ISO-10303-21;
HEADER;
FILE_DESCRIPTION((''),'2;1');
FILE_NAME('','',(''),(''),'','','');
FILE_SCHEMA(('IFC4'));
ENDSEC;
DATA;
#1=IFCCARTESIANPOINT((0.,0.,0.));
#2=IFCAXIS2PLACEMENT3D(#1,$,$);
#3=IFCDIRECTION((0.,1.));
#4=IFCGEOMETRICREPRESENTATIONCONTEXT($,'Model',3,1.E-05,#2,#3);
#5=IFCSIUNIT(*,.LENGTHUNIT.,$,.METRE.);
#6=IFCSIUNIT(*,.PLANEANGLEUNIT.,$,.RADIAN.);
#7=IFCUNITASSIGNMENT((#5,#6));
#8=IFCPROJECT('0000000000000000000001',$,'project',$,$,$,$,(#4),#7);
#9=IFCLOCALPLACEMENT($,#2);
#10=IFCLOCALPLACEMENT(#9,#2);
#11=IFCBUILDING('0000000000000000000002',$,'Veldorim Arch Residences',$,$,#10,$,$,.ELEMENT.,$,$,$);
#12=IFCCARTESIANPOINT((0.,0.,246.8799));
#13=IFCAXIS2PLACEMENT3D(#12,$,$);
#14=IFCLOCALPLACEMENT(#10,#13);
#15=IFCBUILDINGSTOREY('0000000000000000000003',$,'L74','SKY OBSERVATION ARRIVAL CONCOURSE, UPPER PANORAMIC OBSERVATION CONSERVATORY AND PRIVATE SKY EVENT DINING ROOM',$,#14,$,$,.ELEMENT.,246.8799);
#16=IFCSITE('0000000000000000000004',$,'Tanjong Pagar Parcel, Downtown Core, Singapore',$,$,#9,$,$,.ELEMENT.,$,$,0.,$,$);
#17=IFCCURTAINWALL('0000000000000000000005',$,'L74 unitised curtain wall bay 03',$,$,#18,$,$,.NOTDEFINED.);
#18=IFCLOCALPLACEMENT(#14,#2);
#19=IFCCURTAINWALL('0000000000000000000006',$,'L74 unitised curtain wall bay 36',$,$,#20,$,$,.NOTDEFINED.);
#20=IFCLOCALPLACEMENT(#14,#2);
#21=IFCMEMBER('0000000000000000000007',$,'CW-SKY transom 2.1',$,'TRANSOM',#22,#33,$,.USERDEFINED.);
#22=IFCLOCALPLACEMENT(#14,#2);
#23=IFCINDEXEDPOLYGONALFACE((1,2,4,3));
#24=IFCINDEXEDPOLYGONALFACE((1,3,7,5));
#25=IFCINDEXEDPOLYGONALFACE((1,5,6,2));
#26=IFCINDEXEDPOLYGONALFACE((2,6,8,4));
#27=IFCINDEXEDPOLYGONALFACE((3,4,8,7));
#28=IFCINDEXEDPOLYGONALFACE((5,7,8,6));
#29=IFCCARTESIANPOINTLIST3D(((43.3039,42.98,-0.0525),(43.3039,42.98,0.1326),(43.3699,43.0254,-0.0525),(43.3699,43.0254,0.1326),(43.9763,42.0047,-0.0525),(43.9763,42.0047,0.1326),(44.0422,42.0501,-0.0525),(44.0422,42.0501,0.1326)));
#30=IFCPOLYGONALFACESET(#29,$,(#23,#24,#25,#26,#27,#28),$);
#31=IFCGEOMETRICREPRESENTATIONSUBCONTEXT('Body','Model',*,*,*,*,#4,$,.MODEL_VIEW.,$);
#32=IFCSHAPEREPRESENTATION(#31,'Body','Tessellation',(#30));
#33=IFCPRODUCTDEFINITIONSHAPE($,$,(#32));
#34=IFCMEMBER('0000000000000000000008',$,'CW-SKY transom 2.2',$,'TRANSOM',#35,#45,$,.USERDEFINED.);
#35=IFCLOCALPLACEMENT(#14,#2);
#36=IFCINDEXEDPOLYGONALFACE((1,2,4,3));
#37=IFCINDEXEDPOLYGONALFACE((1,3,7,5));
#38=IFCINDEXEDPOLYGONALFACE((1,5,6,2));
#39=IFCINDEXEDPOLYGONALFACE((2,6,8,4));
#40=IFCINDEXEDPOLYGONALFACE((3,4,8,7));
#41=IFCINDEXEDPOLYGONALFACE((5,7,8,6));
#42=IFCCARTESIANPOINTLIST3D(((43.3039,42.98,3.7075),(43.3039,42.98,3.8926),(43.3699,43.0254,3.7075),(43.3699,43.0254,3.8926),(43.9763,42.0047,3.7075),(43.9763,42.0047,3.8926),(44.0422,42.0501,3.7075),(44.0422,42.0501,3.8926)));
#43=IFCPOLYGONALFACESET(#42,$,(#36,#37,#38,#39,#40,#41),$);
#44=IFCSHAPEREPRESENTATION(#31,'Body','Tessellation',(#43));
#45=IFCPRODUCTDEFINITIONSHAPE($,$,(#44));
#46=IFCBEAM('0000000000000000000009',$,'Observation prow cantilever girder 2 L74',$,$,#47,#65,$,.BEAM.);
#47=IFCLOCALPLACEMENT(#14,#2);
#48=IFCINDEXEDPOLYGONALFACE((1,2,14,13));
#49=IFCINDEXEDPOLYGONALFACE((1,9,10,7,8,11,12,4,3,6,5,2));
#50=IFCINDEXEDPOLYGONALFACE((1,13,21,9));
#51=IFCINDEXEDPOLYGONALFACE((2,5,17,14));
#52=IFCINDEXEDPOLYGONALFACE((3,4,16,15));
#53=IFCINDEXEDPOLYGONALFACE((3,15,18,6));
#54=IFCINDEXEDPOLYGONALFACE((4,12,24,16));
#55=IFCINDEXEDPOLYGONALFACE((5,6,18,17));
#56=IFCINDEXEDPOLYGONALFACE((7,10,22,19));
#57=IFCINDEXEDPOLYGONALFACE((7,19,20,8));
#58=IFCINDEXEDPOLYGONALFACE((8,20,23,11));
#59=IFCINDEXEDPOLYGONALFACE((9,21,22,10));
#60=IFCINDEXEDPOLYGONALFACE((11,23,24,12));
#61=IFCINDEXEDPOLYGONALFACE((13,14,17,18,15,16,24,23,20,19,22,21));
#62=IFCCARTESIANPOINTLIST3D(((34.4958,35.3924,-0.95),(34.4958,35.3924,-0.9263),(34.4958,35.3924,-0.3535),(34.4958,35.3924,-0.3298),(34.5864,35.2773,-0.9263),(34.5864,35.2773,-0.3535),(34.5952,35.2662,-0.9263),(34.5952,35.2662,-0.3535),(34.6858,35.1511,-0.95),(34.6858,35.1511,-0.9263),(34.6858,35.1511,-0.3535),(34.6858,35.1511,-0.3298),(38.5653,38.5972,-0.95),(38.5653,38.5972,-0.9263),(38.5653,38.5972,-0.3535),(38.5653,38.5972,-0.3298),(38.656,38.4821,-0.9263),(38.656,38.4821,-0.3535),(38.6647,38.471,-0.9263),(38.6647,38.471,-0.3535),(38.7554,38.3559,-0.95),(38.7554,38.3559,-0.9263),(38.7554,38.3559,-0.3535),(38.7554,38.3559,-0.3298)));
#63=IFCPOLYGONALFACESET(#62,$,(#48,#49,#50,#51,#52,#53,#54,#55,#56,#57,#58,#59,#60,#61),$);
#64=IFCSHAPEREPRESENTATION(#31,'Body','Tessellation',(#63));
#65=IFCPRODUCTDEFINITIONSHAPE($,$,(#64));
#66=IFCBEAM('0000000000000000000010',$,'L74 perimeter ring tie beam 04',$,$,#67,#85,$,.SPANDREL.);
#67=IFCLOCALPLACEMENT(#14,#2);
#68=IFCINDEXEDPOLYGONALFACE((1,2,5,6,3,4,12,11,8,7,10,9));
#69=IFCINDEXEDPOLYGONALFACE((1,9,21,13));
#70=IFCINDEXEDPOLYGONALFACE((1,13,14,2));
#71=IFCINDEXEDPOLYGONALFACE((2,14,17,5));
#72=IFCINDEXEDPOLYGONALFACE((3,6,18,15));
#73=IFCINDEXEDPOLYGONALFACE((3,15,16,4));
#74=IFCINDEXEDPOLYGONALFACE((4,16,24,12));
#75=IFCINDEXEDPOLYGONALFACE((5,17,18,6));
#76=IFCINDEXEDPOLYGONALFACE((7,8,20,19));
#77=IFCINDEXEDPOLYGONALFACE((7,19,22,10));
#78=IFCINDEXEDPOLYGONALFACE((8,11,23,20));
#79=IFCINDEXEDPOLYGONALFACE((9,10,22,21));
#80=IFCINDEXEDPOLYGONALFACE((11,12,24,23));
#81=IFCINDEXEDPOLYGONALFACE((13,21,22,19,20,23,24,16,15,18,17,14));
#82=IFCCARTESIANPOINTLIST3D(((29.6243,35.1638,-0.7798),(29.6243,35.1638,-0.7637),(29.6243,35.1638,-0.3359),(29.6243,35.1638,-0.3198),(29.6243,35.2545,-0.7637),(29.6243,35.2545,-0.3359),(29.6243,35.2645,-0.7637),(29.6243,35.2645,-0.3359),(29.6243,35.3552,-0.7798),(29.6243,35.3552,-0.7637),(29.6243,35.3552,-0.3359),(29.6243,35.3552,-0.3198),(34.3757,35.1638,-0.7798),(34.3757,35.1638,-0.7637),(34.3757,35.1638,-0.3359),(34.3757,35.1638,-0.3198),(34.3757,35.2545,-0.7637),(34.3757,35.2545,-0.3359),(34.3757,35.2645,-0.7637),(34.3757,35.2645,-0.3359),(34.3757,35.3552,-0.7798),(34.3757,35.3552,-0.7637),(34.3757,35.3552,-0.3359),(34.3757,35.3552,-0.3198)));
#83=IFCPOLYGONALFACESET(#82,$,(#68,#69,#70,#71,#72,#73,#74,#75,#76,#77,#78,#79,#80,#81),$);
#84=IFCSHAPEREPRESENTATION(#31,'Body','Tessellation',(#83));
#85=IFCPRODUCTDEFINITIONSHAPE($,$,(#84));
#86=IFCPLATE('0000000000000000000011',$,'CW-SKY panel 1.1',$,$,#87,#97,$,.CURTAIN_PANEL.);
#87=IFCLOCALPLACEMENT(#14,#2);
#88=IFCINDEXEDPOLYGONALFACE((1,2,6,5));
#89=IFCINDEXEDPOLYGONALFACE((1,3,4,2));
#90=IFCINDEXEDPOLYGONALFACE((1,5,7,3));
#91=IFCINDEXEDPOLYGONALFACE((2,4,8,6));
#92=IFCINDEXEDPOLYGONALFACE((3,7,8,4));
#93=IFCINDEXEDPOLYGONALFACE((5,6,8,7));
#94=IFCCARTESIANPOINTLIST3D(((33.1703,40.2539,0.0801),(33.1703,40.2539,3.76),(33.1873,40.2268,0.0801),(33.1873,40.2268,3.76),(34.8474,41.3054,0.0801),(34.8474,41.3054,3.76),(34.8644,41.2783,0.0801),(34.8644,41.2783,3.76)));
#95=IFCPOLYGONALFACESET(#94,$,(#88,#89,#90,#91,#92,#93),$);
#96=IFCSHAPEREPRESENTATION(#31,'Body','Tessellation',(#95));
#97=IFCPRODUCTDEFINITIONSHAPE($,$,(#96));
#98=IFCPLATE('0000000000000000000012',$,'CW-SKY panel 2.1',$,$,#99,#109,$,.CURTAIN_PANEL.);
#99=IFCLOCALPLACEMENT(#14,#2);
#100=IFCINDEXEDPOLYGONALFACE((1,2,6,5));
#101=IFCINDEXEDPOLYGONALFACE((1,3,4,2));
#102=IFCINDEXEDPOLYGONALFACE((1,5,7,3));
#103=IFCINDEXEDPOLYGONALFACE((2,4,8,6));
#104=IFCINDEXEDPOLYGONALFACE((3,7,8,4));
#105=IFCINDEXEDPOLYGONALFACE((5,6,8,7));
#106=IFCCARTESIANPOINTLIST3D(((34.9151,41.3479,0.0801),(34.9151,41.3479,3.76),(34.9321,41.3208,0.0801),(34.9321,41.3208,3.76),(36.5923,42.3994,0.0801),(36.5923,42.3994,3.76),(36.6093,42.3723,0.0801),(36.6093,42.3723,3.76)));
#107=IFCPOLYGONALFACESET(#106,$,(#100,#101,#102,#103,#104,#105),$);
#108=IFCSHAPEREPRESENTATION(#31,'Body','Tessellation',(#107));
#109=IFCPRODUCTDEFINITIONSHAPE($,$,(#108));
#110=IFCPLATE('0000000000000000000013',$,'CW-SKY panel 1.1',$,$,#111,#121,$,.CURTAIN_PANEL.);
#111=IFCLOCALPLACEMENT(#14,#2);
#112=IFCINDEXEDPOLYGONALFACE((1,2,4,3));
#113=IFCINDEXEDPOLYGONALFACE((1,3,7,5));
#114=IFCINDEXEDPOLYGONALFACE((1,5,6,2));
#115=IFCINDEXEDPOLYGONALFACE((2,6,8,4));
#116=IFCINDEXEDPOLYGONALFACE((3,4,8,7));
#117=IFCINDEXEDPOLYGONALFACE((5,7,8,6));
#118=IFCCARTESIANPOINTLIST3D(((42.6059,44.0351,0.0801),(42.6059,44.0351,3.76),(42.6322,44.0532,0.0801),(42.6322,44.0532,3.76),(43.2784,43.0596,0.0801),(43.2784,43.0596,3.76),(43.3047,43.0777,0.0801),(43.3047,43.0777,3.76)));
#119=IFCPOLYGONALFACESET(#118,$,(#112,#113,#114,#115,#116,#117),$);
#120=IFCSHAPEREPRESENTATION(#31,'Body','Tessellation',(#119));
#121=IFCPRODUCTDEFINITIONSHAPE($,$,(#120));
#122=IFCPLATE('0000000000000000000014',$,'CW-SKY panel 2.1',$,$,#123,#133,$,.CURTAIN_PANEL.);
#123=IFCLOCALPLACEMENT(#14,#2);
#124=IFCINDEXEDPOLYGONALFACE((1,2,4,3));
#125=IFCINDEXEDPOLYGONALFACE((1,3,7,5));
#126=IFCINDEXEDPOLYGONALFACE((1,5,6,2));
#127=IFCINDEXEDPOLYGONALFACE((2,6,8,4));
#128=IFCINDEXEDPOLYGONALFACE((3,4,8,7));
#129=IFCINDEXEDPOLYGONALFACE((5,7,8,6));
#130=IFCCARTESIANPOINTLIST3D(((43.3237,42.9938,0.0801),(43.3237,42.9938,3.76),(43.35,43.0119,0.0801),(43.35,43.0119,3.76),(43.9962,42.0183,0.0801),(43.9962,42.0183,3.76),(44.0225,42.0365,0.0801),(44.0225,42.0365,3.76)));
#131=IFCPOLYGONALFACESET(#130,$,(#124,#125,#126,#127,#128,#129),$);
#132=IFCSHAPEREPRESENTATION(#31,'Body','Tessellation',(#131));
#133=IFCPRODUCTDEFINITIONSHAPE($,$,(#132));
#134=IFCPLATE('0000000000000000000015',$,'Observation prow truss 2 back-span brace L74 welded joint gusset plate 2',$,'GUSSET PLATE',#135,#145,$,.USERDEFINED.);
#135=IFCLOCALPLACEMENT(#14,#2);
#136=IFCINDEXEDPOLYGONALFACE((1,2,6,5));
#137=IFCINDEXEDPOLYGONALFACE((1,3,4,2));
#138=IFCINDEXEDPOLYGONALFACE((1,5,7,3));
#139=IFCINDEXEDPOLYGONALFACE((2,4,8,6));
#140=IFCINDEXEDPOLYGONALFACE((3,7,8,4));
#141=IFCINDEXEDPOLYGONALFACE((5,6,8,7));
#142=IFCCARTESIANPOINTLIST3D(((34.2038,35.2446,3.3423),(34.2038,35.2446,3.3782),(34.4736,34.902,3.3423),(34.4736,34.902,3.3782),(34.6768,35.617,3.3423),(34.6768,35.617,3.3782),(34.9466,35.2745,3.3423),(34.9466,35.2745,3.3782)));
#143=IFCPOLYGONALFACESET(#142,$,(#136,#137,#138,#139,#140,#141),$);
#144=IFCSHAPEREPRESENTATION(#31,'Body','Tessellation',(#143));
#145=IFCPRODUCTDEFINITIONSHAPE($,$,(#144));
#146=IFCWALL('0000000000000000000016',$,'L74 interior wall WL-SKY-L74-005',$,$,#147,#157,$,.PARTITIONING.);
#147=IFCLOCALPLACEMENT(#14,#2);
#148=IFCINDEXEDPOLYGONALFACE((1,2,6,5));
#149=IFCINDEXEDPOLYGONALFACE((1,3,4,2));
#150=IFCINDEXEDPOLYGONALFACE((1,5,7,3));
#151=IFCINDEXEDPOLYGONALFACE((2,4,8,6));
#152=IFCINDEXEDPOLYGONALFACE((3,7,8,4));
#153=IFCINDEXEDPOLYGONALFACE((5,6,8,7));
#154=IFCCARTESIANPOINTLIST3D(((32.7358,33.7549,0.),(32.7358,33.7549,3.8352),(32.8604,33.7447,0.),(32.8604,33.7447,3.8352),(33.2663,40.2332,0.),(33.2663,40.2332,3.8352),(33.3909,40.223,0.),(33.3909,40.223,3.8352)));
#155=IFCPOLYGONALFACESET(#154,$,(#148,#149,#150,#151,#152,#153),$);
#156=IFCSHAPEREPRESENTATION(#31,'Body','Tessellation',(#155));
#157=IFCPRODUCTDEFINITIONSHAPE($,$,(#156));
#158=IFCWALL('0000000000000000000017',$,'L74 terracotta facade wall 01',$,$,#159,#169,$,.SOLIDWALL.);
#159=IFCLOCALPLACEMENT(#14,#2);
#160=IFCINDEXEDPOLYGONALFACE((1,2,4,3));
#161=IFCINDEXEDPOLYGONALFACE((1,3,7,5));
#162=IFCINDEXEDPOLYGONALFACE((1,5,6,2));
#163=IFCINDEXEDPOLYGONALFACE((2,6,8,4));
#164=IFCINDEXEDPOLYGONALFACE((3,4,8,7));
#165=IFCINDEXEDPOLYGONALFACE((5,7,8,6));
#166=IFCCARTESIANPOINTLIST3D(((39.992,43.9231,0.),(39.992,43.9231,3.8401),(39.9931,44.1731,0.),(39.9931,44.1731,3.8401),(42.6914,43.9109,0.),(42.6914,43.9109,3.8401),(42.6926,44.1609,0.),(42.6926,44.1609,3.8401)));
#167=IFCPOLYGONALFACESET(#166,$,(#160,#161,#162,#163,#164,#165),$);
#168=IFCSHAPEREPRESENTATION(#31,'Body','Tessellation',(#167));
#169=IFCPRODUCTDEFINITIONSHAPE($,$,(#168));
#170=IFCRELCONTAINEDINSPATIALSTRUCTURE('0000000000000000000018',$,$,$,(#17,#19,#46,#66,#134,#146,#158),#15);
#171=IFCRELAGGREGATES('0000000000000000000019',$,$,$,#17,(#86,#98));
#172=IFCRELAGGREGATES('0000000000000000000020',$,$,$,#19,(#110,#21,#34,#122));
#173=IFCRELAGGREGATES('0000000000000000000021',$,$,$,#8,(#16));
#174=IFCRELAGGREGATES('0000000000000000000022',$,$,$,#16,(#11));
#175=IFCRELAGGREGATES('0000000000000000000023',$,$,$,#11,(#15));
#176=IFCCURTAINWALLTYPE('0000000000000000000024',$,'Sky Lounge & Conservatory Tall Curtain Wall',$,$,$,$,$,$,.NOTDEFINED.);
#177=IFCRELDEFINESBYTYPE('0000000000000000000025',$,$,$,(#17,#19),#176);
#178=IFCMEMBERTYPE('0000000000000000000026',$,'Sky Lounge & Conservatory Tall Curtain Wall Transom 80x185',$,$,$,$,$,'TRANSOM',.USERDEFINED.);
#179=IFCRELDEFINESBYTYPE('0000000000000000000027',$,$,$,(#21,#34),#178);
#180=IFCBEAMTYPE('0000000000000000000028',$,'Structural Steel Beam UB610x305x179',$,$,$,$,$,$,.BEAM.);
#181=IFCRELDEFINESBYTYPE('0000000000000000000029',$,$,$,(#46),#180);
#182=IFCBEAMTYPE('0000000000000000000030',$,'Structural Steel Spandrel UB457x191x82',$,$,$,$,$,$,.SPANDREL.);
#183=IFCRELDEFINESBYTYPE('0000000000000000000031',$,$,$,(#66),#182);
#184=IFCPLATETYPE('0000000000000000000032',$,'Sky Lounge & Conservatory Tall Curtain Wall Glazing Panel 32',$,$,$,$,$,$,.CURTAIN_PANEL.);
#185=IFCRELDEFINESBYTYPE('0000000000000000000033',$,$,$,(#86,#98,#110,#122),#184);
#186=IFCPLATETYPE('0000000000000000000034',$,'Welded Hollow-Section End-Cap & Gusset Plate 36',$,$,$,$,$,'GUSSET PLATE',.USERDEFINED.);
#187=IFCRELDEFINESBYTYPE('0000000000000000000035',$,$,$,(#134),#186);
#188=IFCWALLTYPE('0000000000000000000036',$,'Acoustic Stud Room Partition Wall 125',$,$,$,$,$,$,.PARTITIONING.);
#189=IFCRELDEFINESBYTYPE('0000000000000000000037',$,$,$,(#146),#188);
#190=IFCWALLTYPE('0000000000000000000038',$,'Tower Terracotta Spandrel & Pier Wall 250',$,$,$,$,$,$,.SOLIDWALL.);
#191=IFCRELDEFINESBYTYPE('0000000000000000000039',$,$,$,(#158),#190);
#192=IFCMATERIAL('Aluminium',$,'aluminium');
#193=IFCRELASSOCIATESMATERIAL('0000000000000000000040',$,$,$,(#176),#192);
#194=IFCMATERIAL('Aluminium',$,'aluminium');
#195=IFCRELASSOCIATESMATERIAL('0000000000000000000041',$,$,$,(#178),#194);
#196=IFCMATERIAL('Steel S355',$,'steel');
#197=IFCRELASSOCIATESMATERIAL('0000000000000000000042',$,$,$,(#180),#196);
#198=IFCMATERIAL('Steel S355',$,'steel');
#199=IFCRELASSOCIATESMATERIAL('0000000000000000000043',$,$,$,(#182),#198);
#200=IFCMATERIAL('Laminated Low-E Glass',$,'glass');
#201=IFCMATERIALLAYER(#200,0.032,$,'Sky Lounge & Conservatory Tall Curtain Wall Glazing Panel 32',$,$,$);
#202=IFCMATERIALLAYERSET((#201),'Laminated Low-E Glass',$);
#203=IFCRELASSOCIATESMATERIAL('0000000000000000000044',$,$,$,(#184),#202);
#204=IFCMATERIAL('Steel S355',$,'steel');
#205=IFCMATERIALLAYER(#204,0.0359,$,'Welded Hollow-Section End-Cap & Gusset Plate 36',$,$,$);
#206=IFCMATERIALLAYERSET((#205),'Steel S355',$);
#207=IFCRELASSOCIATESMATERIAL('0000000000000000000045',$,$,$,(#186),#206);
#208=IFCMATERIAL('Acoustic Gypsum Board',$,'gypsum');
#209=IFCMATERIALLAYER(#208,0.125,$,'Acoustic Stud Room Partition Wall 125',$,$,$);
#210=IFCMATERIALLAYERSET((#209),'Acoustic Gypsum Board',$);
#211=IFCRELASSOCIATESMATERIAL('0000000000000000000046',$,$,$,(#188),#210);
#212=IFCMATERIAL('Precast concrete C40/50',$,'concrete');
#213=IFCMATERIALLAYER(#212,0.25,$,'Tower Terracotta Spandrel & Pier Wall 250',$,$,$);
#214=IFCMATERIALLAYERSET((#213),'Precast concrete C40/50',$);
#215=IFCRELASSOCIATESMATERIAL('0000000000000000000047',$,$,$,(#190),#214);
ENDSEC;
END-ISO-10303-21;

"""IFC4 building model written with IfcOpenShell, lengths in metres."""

from ifc_helpers import new_model, si_unit, direction, frame, frame_2d, origin, origin_2d, place, context, subcontext, project, spatial, rectangle, i_section, extrude, material, layer, layer_set, material_profile, profile_set, type_object, element, aggregate, save


model = new_model("IFC4")

# Units and contexts
model_context = context("Model", 3, precision=1e-05, world=origin(), true_north=direction((0.0, 1.0)))
body_context = subcontext(model_context, "Body", "Model", "MODEL_VIEW")
ifc_project = project(units=[si_unit("LENGTHUNIT", "METRE"), si_unit("PLANEANGLEUNIT", "RADIAN")], contexts=[model_context])

# Site, building, storey
site_placement = place(None, origin())
site = spatial("IfcSite", under=ifc_project, at=site_placement, Name="Tanjong Pagar Parcel, Downtown Core, Singapore", CompositionType="ELEMENT", RefElevation=0.0)
building_placement = place(site_placement, origin())
building = spatial("IfcBuilding", under=site, at=building_placement, Name="Veldorim Arch Residences", CompositionType="ELEMENT")
storey_placement = place(building_placement, frame((0.0, 0.0, 246.8799)))
storey = spatial("IfcBuildingStorey", under=building, at=storey_placement, Name="L74", Description="SKY OBSERVATION ARRIVAL CONCOURSE, UPPER PANORAMIC OBSERVATION CONSERVATORY AND PRIVATE SKY EVENT DINING ROOM", CompositionType="ELEMENT", Elevation=246.8799)

# Curtain walls
ifc_material_1 = material(Name="Aluminium", Category="aluminium")
curtain_wall_type = type_object("IfcCurtainWallType", Name="Sky Lounge & Conservatory Tall Curtain Wall", PredefinedType="NOTDEFINED", material=ifc_material_1)
curtain_wall_1_placement = place(storey_placement, origin())
curtain_wall_1 = element("IfcCurtainWall", 1, at=curtain_wall_1_placement, inside=storey, type_object=curtain_wall_type, Name="L74 unitised curtain wall bay 03", PredefinedType="NOTDEFINED")
curtain_wall_2_placement = place(storey_placement, origin())
curtain_wall_2 = element("IfcCurtainWall", 2, at=curtain_wall_2_placement, inside=storey, type_object=curtain_wall_type, Name="L74 unitised curtain wall bay 36", PredefinedType="NOTDEFINED")

# Members
ifc_material_2 = material(Name="Aluminium", Category="aluminium")
ifc_material_profile_1 = material_profile(ifc_material_2, rectangle(XDim=0.0801, YDim=0.1851, at=origin_2d()), Name="ALU_TRN_80x185")
ifc_profile_set_1 = profile_set([ifc_material_profile_1], Name="Aluminium")
member_type_1 = type_object("IfcMemberType", Name="Sky Lounge & Conservatory Tall Curtain Wall Transom 80x185", ElementType="TRANSOM", PredefinedType="USERDEFINED", material=ifc_profile_set_1)
member_1_placement = place(storey_placement, frame((43.3369, 43.0027, 0.04), z_axis=(0.567569, -0.823326, 0.0), x_axis=(0.823326, 0.567569, 0.0)))
member_1 = element("IfcMember", 3, at=member_1_placement, type_object=member_type_1, Name="CW-SKY transom 2.1", ObjectType="TRANSOM", PredefinedType="USERDEFINED", context=body_context, shape_type="SweptSolid", body=[
    extrude(rectangle(XDim=0.0801, YDim=0.1851, at=origin_2d()), origin(), (0.0, 0.0, 1.0), 1.1846),
])
member_2_placement = place(storey_placement, frame((43.3369, 43.0027, 3.8), z_axis=(0.567569, -0.823326, 0.0), x_axis=(0.823326, 0.567569, 0.0)))
member_2 = element("IfcMember", 4, at=member_2_placement, type_object=member_type_1, Name="CW-SKY transom 2.2", ObjectType="TRANSOM", PredefinedType="USERDEFINED", context=body_context, shape_type="SweptSolid", body=[
    extrude(rectangle(XDim=0.0801, YDim=0.1851, at=origin_2d()), origin(), (0.0, 0.0, 1.0), 1.1846),
])

# Beams
ifc_material_3 = material(Name="Steel S355", Category="steel")
ifc_material_profile_2 = material_profile(ifc_material_3, i_section(OverallWidth=0.3071, OverallDepth=0.6201, WebThickness=0.0142, FlangeThickness=0.0237, at=origin_2d()), Name="UB610x305x179")
ifc_profile_set_2 = profile_set([ifc_material_profile_2], Name="Steel S355")
beam_type_1 = type_object("IfcBeamType", Name="Structural Steel Beam UB610x305x179", PredefinedType="BEAM", material=ifc_profile_set_2)
beam_1_placement = place(storey_placement, frame((34.5908, 35.2717, -0.6399), z_axis=(0.785633, 0.618693, 0.0), x_axis=(-0.618693, 0.785633, 0.0)))
element("IfcBeam", 5, at=beam_1_placement, inside=storey, type_object=beam_type_1, Name="Observation prow cantilever girder 2 L74", PredefinedType="BEAM", context=body_context, shape_type="SweptSolid", body=[
    extrude(i_section(OverallWidth=0.3071, OverallDepth=0.6201, WebThickness=0.0142, FlangeThickness=0.0237, at=origin_2d()), origin(), (0.0, 0.0, 1.0), 5.1799),
])
ifc_material_4 = material(Name="Steel S355", Category="steel")
ifc_material_profile_3 = material_profile(ifc_material_4, i_section(OverallWidth=0.1914, OverallDepth=0.46, WebThickness=0.01, FlangeThickness=0.0161, at=origin_2d()), Name="UB457x191x82")
ifc_profile_set_3 = profile_set([ifc_material_profile_3], Name="Steel S355")
beam_type_2 = type_object("IfcBeamType", Name="Structural Steel Spandrel UB457x191x82", PredefinedType="SPANDREL", material=ifc_profile_set_3)
beam_2_placement = place(storey_placement, frame((34.3757, 35.2595, -0.5498), z_axis=(-1.0, 0.0, 0.0), x_axis=(0.0, -1.0, 0.0)))
element("IfcBeam", 6, at=beam_2_placement, inside=storey, type_object=beam_type_2, Name="L74 perimeter ring tie beam 04", PredefinedType="SPANDREL", context=body_context, shape_type="SweptSolid", body=[
    extrude(i_section(OverallWidth=0.1914, OverallDepth=0.46, WebThickness=0.01, FlangeThickness=0.0161, at=origin_2d()), origin(), (0.0, 0.0, 1.0), 4.7515),
])

# Plates
ifc_material_5 = material(Name="Laminated Low-E Glass", Category="glass")
ifc_layer_1 = layer(ifc_material_5, 0.032, Name="Sky Lounge & Conservatory Tall Curtain Wall Glazing Panel 32")
ifc_layer_set_1 = layer_set([ifc_layer_1], Name="Laminated Low-E Glass")
plate_type_1 = type_object("IfcPlateType", Name="Sky Lounge & Conservatory Tall Curtain Wall Glazing Panel 32", PredefinedType="CURTAIN_PANEL", material=ifc_layer_set_1)
plate_1_placement = place(storey_placement, frame((34.0173, 40.7661, 0.0801), z_axis=(0.0, 0.0, 1.0), x_axis=(0.847251, 0.531193, 0.0)))
plate_1 = element("IfcPlate", 7, at=plate_1_placement, type_object=plate_type_1, Name="CW-SKY panel 1.1", PredefinedType="CURTAIN_PANEL", context=body_context, shape_type="SweptSolid", body=[
    extrude(rectangle(XDim=1.9795, YDim=0.032, at=origin_2d()), origin(), (0.0, 0.0, 1.0), 3.6799),
])
plate_2_placement = place(storey_placement, frame((35.7622, 41.8601, 0.0801), z_axis=(0.0, 0.0, 1.0), x_axis=(0.847251, 0.531193, 0.0)))
plate_2 = element("IfcPlate", 8, at=plate_2_placement, type_object=plate_type_1, Name="CW-SKY panel 2.1", PredefinedType="CURTAIN_PANEL", context=body_context, shape_type="SweptSolid", body=[
    extrude(rectangle(XDim=1.9795, YDim=0.032, at=origin_2d()), origin(), (0.0, 0.0, 1.0), 3.6799),
])
aggregate(curtain_wall_1, [plate_1, plate_2])
plate_3_placement = place(storey_placement, frame((42.9553, 43.5564, 0.0801), z_axis=(0.0, 0.0, 1.0), x_axis=(0.567589, -0.823312, 0.0)))
plate_3 = element("IfcPlate", 9, at=plate_3_placement, type_object=plate_type_1, Name="CW-SKY panel 1.1", PredefinedType="CURTAIN_PANEL", context=body_context, shape_type="SweptSolid", body=[
    extrude(rectangle(XDim=1.1848, YDim=0.032, at=origin_2d()), origin(), (0.0, 0.0, 1.0), 3.6799),
])
plate_4_placement = place(storey_placement, frame((43.6731, 42.5151, 0.0801), z_axis=(0.0, 0.0, 1.0), x_axis=(0.567589, -0.823312, 0.0)))
plate_4 = element("IfcPlate", 10, at=plate_4_placement, type_object=plate_type_1, Name="CW-SKY panel 2.1", PredefinedType="CURTAIN_PANEL", context=body_context, shape_type="SweptSolid", body=[
    extrude(rectangle(XDim=1.1848, YDim=0.032, at=origin_2d()), origin(), (0.0, 0.0, 1.0), 3.6799),
])
aggregate(curtain_wall_2, [plate_3, member_1, member_2, plate_4])
ifc_material_6 = material(Name="Steel S355", Category="steel")
ifc_layer_2 = layer(ifc_material_6, 0.0359, Name="Welded Hollow-Section End-Cap & Gusset Plate 36")
ifc_layer_set_2 = layer_set([ifc_layer_2], Name="Steel S355")
plate_type_2 = type_object("IfcPlateType", Name="Welded Hollow-Section End-Cap & Gusset Plate 36", ElementType="GUSSET PLATE", PredefinedType="USERDEFINED", material=ifc_layer_set_2)
plate_5_placement = place(storey_placement, frame((34.5752, 35.2595, 3.3423), z_axis=(0.0, 0.0, 1.0), x_axis=(0.78563, 0.618696, 0.0)))
element("IfcPlate", 11, at=plate_5_placement, inside=storey, type_object=plate_type_2, Name="Observation prow truss 2 back-span brace L74 welded joint gusset plate 2", ObjectType="GUSSET PLATE", PredefinedType="USERDEFINED", context=body_context, shape_type="SweptSolid", body=[
    extrude(rectangle(XDim=0.6021, YDim=0.436, at=origin_2d()), origin(), (0.0, 0.0, 1.0), 0.0359),
])

# Walls
ifc_material_7 = material(Name="Acoustic Gypsum Board", Category="gypsum")
ifc_layer_3 = layer(ifc_material_7, 0.125, Name="Acoustic Stud Room Partition Wall 125")
ifc_layer_set_3 = layer_set([ifc_layer_3], Name="Acoustic Gypsum Board")
wall_type_1 = type_object("IfcWallType", Name="Acoustic Stud Room Partition Wall 125", PredefinedType="PARTITIONING", material=ifc_layer_set_3)
wall_1_placement = place(storey_placement, frame((32.7981, 33.7498, 0.0), z_axis=(0.0, 0.0, 1.0), x_axis=(0.081619, 0.996664, 0.0)))
element("IfcWall", 12, at=wall_1_placement, inside=storey, type_object=wall_type_1, Name="L74 interior wall WL-SKY-L74-005", PredefinedType="PARTITIONING", context=body_context, shape_type="SweptSolid", body=[
    extrude(rectangle(XDim=6.5, YDim=0.125, at=frame_2d((3.25, 0.0))), origin(), (0.0, 0.0, 1.0), 3.8352),
])
ifc_material_8 = material(Name="Precast concrete C40/50", Category="concrete")
ifc_layer_4 = layer(ifc_material_8, 0.25, Name="Tower Terracotta Spandrel & Pier Wall 250")
ifc_layer_set_4 = layer_set([ifc_layer_4], Name="Precast concrete C40/50")
wall_type_2 = type_object("IfcWallType", Name="Tower Terracotta Spandrel & Pier Wall 250", PredefinedType="SOLIDWALL", material=ifc_layer_set_4)
wall_2_placement = place(storey_placement, frame((39.9927, 44.0481, 0.0), z_axis=(0.0, 0.0, 1.0), x_axis=(0.99999, -0.004522, 0.0)))
element("IfcWall", 13, at=wall_2_placement, inside=storey, type_object=wall_type_2, Name="L74 terracotta facade wall 01", PredefinedType="SOLIDWALL", context=body_context, shape_type="SweptSolid", body=[
    extrude(rectangle(XDim=2.6995, YDim=0.25, at=frame_2d((1.3496, 0.0))), origin(), (0.0, 0.0, 1.0), 3.8401),
])

save(model, "model.ifc")
